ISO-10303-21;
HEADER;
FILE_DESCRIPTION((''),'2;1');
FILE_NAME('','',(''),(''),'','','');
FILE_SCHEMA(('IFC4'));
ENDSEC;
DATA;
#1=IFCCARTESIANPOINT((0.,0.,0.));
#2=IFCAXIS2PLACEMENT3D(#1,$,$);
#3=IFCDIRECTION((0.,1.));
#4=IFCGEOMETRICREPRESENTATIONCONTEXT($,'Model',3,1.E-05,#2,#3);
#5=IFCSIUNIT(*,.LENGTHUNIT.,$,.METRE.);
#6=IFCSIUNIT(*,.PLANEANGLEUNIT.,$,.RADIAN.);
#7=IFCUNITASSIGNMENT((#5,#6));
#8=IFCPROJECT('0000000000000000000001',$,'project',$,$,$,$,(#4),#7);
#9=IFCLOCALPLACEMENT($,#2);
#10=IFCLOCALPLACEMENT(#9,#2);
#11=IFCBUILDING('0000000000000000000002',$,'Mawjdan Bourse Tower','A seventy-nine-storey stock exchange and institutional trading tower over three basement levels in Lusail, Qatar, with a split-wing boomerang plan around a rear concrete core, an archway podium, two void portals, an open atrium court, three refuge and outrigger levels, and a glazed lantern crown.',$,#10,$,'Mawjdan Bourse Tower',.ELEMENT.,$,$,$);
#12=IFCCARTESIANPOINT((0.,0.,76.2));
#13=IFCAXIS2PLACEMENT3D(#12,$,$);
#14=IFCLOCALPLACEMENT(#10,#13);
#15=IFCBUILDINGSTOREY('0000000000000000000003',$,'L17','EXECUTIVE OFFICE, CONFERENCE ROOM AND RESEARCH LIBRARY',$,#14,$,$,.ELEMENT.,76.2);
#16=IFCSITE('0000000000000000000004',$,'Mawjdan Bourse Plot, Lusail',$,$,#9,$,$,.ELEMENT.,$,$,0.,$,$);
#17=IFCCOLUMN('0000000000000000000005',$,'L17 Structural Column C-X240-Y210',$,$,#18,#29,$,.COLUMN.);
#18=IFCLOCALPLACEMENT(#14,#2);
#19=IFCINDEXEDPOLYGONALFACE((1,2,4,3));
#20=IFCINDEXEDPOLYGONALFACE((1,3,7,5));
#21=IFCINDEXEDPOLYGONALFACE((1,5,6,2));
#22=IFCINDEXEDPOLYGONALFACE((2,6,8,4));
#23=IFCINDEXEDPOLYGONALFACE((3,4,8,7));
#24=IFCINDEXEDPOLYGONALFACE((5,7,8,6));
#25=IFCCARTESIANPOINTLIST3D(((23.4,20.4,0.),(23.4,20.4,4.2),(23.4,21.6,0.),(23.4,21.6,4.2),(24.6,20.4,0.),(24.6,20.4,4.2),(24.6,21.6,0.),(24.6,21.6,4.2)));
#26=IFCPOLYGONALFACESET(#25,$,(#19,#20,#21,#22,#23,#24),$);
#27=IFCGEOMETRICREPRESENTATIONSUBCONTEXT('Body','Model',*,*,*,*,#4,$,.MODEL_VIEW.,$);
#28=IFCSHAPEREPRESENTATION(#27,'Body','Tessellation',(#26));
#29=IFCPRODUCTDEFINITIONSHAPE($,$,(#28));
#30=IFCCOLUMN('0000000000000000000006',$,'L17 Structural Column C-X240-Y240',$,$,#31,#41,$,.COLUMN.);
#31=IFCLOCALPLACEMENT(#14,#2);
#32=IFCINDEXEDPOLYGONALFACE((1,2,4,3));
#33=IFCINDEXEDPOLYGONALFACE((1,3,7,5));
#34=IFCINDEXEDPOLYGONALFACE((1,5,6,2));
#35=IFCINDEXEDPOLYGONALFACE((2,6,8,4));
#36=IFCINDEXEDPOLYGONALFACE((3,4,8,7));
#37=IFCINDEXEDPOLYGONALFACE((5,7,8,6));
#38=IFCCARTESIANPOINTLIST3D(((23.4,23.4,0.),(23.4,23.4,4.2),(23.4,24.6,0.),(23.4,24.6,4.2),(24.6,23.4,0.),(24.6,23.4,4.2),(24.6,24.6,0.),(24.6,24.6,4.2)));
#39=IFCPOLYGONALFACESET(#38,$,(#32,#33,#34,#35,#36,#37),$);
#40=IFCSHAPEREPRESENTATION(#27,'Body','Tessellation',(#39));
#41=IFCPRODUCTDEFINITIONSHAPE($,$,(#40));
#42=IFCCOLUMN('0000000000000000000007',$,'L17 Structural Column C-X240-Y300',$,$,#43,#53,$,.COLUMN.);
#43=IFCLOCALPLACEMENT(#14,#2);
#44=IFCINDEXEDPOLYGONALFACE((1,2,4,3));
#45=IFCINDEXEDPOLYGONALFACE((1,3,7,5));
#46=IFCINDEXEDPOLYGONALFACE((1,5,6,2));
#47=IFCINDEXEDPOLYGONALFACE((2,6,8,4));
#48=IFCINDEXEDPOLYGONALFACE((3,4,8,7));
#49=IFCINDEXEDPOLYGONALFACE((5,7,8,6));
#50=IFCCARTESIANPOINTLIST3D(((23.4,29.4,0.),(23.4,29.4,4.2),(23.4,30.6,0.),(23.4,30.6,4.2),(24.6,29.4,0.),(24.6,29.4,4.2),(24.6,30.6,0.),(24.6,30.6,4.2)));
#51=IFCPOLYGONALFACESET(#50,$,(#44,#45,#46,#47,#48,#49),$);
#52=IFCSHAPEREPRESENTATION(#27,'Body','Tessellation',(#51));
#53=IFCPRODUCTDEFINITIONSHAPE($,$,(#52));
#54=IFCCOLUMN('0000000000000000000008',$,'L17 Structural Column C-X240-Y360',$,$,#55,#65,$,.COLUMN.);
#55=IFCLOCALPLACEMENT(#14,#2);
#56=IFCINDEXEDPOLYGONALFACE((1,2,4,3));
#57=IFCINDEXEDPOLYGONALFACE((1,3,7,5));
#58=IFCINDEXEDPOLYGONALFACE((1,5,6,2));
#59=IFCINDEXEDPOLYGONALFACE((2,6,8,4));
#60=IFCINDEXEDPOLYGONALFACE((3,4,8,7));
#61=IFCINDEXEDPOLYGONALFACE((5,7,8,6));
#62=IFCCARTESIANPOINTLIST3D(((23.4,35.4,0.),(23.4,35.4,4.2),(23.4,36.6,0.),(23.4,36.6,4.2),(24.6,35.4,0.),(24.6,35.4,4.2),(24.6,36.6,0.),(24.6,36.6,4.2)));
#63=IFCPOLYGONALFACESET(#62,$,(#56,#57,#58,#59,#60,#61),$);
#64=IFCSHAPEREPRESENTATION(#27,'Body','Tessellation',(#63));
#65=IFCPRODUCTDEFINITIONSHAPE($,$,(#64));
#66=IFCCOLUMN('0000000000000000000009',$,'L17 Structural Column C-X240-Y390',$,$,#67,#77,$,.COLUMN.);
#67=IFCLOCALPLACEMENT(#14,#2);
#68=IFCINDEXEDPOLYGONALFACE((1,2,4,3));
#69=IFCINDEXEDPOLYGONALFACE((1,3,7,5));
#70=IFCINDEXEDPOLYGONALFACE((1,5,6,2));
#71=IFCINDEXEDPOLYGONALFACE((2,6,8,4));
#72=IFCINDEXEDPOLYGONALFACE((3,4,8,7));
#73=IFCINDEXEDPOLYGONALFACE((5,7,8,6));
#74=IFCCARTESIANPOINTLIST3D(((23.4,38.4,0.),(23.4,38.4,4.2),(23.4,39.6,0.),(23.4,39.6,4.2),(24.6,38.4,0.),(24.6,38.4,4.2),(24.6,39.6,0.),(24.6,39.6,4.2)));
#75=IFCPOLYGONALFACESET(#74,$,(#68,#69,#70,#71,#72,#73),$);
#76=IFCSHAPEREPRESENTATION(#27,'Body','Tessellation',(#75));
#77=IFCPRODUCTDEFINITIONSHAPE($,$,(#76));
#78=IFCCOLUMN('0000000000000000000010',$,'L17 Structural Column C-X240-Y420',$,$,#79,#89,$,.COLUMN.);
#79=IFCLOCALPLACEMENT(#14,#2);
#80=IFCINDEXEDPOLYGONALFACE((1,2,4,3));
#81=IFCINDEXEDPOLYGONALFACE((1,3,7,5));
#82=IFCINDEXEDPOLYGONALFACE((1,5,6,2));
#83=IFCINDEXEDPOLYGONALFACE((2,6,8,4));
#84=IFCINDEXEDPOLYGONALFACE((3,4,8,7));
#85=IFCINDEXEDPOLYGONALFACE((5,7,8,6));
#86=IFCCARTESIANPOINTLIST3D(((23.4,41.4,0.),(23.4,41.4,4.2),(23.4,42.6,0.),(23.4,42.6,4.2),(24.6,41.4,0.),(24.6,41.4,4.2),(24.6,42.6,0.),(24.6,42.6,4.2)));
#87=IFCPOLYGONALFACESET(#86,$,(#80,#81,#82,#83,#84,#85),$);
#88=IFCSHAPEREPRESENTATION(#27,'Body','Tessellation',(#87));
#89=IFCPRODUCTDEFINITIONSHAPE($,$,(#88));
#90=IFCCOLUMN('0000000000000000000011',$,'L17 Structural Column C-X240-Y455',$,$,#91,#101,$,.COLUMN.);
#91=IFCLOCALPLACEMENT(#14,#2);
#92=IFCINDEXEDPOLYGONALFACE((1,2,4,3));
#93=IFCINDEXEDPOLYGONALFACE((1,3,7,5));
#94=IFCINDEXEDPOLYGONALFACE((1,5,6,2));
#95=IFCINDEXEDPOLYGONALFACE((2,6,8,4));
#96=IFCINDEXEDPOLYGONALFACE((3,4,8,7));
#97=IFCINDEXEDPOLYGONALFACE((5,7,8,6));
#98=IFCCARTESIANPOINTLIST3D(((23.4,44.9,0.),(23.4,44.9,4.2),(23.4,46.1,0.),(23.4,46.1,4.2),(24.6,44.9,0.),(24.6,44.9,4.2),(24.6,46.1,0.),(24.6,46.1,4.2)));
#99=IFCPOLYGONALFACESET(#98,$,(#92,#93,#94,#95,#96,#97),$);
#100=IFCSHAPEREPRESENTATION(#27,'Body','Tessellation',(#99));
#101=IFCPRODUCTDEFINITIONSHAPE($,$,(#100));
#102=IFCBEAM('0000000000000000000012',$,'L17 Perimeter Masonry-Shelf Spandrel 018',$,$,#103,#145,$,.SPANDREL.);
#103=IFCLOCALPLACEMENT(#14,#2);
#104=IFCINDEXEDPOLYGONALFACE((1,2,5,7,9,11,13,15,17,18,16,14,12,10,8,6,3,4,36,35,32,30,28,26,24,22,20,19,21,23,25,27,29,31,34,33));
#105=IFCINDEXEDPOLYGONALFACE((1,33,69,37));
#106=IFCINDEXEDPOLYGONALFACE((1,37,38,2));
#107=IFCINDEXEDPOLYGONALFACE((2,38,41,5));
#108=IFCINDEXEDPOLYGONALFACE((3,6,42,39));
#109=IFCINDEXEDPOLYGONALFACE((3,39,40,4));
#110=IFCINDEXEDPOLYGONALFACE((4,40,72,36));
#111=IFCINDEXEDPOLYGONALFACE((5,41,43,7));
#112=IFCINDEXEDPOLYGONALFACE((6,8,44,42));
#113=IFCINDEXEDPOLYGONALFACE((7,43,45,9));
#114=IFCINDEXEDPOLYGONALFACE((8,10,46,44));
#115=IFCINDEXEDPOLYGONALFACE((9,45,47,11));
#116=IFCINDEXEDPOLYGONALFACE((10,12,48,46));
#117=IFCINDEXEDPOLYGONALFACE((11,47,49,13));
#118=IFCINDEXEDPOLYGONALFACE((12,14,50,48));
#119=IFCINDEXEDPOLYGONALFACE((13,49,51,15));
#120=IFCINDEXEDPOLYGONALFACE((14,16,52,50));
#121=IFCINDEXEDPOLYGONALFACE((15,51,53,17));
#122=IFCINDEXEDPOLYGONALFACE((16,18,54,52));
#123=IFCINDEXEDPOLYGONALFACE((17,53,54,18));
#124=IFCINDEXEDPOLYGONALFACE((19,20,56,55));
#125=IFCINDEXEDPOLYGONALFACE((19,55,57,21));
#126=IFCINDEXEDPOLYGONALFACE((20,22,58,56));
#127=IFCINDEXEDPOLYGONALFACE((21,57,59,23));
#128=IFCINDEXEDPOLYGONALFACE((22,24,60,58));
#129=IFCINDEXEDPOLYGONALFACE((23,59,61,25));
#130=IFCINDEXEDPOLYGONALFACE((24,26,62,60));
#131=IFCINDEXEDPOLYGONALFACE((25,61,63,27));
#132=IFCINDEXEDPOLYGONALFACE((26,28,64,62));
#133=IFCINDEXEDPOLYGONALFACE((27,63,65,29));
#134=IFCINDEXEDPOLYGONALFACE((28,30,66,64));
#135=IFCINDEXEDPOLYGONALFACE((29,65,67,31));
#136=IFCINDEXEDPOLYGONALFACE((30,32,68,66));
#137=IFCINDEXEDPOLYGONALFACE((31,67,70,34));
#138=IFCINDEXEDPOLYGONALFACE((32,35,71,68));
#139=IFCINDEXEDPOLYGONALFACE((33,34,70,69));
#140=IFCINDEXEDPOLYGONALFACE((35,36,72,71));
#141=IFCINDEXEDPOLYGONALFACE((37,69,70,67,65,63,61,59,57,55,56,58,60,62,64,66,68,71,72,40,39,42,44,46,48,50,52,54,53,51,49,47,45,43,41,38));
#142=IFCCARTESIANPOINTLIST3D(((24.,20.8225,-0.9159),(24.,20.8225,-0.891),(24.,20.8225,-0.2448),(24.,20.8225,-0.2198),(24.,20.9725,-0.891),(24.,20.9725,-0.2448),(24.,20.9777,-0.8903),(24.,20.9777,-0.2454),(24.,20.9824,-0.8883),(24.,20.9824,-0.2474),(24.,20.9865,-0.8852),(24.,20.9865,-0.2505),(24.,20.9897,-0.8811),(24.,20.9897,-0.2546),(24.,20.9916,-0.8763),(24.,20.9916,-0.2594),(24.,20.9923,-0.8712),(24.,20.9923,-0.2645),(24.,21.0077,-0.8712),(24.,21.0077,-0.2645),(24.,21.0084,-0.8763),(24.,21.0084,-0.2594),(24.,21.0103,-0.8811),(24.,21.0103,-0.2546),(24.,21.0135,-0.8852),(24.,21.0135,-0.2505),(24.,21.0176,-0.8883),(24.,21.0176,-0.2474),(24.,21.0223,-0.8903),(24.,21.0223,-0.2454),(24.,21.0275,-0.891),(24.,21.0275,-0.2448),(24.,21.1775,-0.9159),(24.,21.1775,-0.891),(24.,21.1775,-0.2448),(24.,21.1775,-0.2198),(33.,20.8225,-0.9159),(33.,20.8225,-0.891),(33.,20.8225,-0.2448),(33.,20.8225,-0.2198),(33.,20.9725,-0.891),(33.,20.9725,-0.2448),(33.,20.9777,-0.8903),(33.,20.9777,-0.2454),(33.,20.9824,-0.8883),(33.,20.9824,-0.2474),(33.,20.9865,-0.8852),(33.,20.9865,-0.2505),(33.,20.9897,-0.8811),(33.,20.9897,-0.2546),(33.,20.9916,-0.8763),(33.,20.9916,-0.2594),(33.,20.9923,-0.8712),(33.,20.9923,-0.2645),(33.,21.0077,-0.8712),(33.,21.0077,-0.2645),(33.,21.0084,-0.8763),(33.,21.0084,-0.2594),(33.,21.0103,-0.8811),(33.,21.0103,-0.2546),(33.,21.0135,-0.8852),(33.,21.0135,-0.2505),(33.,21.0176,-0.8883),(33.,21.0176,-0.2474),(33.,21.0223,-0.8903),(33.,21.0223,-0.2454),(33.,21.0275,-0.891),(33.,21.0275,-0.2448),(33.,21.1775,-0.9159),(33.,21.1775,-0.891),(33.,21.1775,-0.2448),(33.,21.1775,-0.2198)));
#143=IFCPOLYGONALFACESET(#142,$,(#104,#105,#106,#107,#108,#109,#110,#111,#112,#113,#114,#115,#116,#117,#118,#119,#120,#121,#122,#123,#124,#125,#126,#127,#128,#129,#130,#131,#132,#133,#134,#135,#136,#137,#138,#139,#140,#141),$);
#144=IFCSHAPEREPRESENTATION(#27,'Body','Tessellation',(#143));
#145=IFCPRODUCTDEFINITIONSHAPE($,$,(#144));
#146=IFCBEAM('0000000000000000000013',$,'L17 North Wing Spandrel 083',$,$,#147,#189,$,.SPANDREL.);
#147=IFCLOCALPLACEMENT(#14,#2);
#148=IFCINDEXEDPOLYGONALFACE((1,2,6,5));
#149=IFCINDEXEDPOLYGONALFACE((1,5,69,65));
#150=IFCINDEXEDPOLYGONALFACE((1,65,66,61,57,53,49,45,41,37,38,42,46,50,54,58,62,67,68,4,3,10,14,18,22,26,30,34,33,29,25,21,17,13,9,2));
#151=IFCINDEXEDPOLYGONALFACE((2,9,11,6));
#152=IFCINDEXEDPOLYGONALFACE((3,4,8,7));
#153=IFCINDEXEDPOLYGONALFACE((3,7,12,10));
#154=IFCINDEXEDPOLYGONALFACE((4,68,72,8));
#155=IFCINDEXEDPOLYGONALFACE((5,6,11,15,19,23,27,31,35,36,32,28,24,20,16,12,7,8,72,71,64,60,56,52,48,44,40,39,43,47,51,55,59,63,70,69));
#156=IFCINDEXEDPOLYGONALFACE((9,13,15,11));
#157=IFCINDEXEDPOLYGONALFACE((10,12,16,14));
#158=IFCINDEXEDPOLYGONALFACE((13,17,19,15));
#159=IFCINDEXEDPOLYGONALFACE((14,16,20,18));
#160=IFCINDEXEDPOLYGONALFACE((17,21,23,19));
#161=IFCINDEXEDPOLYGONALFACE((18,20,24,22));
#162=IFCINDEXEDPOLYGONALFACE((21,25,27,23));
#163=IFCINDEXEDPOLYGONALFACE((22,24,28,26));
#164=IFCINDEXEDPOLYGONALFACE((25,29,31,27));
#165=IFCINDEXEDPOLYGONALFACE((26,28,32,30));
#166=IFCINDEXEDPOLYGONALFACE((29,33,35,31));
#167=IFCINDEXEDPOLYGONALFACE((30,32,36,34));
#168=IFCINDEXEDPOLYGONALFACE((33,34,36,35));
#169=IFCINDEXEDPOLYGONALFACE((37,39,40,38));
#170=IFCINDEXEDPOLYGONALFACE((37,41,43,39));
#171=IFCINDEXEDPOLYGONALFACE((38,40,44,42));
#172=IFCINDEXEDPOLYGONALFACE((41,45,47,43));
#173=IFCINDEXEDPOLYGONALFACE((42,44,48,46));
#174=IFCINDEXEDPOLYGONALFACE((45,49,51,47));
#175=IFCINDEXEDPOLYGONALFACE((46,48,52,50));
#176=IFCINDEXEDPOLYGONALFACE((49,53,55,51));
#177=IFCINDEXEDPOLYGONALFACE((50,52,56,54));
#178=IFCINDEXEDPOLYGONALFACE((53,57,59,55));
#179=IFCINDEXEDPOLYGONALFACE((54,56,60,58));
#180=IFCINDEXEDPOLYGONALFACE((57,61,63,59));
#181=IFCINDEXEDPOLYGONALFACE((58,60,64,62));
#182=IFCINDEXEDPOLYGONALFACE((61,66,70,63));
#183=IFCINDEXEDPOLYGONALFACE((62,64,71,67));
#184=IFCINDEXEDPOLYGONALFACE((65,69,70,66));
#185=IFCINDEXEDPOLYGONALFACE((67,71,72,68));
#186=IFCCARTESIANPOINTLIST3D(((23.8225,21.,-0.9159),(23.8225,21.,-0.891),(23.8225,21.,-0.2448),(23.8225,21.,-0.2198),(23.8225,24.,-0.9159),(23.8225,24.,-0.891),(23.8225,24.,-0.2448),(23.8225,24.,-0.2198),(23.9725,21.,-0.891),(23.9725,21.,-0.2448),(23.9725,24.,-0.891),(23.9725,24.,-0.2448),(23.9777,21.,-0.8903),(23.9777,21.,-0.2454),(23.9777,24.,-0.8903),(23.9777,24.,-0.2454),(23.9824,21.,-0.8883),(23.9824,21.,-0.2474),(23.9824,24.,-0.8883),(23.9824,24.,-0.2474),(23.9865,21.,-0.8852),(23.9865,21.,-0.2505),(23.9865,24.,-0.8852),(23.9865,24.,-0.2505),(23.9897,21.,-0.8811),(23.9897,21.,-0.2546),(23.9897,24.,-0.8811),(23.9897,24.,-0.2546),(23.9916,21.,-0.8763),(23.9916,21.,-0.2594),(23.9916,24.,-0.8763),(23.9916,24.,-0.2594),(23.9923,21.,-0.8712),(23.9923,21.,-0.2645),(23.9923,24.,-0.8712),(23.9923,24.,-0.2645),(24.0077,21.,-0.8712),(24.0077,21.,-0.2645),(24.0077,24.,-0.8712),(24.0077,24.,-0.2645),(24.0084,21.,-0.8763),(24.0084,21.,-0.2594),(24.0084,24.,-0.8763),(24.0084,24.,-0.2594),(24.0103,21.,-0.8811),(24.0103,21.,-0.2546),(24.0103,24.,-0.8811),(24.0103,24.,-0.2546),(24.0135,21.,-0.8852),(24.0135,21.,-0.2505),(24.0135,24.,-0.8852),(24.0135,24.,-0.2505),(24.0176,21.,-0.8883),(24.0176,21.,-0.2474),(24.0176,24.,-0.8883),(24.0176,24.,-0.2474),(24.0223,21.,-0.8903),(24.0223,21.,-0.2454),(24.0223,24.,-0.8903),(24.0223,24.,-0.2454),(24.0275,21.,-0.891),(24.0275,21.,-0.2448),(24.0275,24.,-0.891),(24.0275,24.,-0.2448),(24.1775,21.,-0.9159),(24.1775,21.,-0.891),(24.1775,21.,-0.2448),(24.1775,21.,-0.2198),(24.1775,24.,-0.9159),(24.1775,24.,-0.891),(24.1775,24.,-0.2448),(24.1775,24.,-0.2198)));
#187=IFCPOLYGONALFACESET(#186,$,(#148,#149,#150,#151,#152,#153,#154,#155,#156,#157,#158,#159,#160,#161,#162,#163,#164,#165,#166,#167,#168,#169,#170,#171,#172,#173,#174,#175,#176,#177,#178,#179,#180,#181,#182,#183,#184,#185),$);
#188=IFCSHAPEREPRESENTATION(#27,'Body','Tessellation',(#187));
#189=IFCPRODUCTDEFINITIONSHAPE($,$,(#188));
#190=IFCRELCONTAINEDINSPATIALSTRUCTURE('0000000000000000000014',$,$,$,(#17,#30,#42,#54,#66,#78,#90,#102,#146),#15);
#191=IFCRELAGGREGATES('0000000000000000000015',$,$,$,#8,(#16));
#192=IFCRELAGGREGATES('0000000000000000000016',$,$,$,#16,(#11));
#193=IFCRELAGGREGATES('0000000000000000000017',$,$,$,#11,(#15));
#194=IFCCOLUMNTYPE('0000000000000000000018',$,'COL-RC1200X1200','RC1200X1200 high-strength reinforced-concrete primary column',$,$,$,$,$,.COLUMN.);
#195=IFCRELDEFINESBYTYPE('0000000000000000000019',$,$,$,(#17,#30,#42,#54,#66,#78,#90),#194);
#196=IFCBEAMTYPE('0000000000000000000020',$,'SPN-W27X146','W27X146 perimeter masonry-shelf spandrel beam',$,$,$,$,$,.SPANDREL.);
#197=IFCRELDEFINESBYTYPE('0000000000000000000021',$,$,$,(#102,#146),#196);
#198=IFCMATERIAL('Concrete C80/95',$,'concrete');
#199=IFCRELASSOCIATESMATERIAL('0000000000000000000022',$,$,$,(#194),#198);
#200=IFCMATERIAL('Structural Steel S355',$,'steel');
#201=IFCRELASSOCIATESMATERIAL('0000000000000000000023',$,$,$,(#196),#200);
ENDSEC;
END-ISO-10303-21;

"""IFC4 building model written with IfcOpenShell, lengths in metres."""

from ifc_helpers import new_model, si_unit, direction, frame, origin, origin_2d, place, context, subcontext, project, spatial, rectangle, i_section, extrude, material, material_profile, profile_set, type_object, element, save


model = new_model("IFC4")

# Units and contexts
model_context = context("Model", 3, precision=1e-05, world=origin(), true_north=direction((0.0, 1.0)))
body_context = subcontext(model_context, "Body", "Model", "MODEL_VIEW")
ifc_project = project(units=[si_unit("LENGTHUNIT", "METRE"), si_unit("PLANEANGLEUNIT", "RADIAN")], contexts=[model_context])

# Site, building, storey
site_placement = place(None, origin())
site = spatial("IfcSite", under=ifc_project, at=site_placement, Name="Mawjdan Bourse Plot, Lusail", CompositionType="ELEMENT", RefElevation=0.0)
building_placement = place(site_placement, origin())
building = spatial("IfcBuilding", under=site, at=building_placement, Name="Mawjdan Bourse Tower", Description="A seventy-nine-storey stock exchange and institutional trading tower over three basement levels in Lusail, Qatar, with a split-wing boomerang plan around a rear concrete core, an archway podium, two void portals, an open atrium court, three refuge and outrigger levels, and a glazed lantern crown.", LongName="Mawjdan Bourse Tower", CompositionType="ELEMENT")
storey_placement = place(building_placement, frame((0.0, 0.0, 76.2)))
storey = spatial("IfcBuildingStorey", under=building, at=storey_placement, Name="L17", Description="EXECUTIVE OFFICE, CONFERENCE ROOM AND RESEARCH LIBRARY", CompositionType="ELEMENT", Elevation=76.2)

# Columns
ifc_material_1 = material(Name="Concrete C80/95", Category="concrete")
ifc_material_profile_1 = material_profile(ifc_material_1, rectangle(XDim=1.2, YDim=1.2, at=origin_2d()), Name="RC1200X1200")
ifc_profile_set_1 = profile_set([ifc_material_profile_1], Name="Concrete C80/95")
column_type = type_object("IfcColumnType", Name="COL-RC1200X1200", Description="RC1200X1200 high-strength reinforced-concrete primary column", PredefinedType="COLUMN", material=ifc_profile_set_1)
for number, where, z_axis, x_axis, name in (
    (1, (24.0, 21.0, 0.0), (0.0, 0.0, 1.0), (1.0, 0.0, 0.0), "L17 Structural Column C-X240-Y210"),
    (2, (24.0, 24.0, 0.0), (0.0, 0.0, 1.0), (1.0, 0.0, 0.0), "L17 Structural Column C-X240-Y240"),
    (3, (24.0, 30.0, 0.0), (0.0, 0.0, 1.0), (1.0, 0.0, 0.0), "L17 Structural Column C-X240-Y300"),
    (4, (24.0, 36.0, 0.0), (0.0, 0.0, 1.0), (1.0, 0.0, 0.0), "L17 Structural Column C-X240-Y360"),
    (5, (24.0, 39.0, 0.0), (0.0, 0.0, 1.0), (1.0, 0.0, 0.0), "L17 Structural Column C-X240-Y390"),
    (6, (24.0, 42.0, 0.0), (0.0, 0.0, 1.0), (1.0, 0.0, 0.0), "L17 Structural Column C-X240-Y420"),
    (7, (24.0, 45.5, 0.0), (0.0, 0.0, 1.0), (1.0, 0.0, 0.0), "L17 Structural Column C-X240-Y455"),
):
    element("IfcColumn", number, at=place(storey_placement, frame(where, z_axis=z_axis, x_axis=x_axis)), inside=storey, type_object=column_type, Name=name, PredefinedType="COLUMN", context=body_context, shape_type="SweptSolid", body=[
        extrude(rectangle(XDim=1.2, YDim=1.2, at=origin_2d()), origin(), (0.0, 0.0, 1.0), 4.2),
    ])

# Beams
ifc_material_2 = material(Name="Structural Steel S355", Category="steel")
ifc_material_profile_2 = material_profile(ifc_material_2, i_section(OverallWidth=0.355, OverallDepth=0.696, WebThickness=0.0154, FlangeThickness=0.0249, FilletRadius=0.0198, at=origin_2d()), Name="W27X146")
ifc_profile_set_2 = profile_set([ifc_material_profile_2], Name="Structural Steel S355")
beam_type = type_object("IfcBeamType", Name="SPN-W27X146", Description="W27X146 perimeter masonry-shelf spandrel beam", PredefinedType="SPANDREL", material=ifc_profile_set_2)
beam_1_placement = place(storey_placement, frame((24.0, 21.0, -0.5679), z_axis=(1.0, 0.0, 0.0), x_axis=(0.0, 1.0, 0.0)))
element("IfcBeam", 8, at=beam_1_placement, inside=storey, type_object=beam_type, Name="L17 Perimeter Masonry-Shelf Spandrel 018", PredefinedType="SPANDREL", context=body_context, shape_type="SweptSolid", body=[
    extrude(i_section(OverallWidth=0.355, OverallDepth=0.696, WebThickness=0.0154, FlangeThickness=0.0249, FilletRadius=0.0198, at=origin_2d()), origin(), (0.0, 0.0, 1.0), 9.0),
])
beam_2_placement = place(storey_placement, frame((24.0, 21.0, -0.5679), z_axis=(0.0, 1.0, 0.0), x_axis=(-1.0, 0.0, 0.0)))
element("IfcBeam", 9, at=beam_2_placement, inside=storey, type_object=beam_type, Name="L17 North Wing Spandrel 083", PredefinedType="SPANDREL", context=body_context, shape_type="SweptSolid", body=[
    extrude(i_section(OverallWidth=0.355, OverallDepth=0.696, WebThickness=0.0154, FlangeThickness=0.0249, FilletRadius=0.0198, at=origin_2d()), origin(), (0.0, 0.0, 1.0), 3.0),
])

save(model, "model.ifc")
